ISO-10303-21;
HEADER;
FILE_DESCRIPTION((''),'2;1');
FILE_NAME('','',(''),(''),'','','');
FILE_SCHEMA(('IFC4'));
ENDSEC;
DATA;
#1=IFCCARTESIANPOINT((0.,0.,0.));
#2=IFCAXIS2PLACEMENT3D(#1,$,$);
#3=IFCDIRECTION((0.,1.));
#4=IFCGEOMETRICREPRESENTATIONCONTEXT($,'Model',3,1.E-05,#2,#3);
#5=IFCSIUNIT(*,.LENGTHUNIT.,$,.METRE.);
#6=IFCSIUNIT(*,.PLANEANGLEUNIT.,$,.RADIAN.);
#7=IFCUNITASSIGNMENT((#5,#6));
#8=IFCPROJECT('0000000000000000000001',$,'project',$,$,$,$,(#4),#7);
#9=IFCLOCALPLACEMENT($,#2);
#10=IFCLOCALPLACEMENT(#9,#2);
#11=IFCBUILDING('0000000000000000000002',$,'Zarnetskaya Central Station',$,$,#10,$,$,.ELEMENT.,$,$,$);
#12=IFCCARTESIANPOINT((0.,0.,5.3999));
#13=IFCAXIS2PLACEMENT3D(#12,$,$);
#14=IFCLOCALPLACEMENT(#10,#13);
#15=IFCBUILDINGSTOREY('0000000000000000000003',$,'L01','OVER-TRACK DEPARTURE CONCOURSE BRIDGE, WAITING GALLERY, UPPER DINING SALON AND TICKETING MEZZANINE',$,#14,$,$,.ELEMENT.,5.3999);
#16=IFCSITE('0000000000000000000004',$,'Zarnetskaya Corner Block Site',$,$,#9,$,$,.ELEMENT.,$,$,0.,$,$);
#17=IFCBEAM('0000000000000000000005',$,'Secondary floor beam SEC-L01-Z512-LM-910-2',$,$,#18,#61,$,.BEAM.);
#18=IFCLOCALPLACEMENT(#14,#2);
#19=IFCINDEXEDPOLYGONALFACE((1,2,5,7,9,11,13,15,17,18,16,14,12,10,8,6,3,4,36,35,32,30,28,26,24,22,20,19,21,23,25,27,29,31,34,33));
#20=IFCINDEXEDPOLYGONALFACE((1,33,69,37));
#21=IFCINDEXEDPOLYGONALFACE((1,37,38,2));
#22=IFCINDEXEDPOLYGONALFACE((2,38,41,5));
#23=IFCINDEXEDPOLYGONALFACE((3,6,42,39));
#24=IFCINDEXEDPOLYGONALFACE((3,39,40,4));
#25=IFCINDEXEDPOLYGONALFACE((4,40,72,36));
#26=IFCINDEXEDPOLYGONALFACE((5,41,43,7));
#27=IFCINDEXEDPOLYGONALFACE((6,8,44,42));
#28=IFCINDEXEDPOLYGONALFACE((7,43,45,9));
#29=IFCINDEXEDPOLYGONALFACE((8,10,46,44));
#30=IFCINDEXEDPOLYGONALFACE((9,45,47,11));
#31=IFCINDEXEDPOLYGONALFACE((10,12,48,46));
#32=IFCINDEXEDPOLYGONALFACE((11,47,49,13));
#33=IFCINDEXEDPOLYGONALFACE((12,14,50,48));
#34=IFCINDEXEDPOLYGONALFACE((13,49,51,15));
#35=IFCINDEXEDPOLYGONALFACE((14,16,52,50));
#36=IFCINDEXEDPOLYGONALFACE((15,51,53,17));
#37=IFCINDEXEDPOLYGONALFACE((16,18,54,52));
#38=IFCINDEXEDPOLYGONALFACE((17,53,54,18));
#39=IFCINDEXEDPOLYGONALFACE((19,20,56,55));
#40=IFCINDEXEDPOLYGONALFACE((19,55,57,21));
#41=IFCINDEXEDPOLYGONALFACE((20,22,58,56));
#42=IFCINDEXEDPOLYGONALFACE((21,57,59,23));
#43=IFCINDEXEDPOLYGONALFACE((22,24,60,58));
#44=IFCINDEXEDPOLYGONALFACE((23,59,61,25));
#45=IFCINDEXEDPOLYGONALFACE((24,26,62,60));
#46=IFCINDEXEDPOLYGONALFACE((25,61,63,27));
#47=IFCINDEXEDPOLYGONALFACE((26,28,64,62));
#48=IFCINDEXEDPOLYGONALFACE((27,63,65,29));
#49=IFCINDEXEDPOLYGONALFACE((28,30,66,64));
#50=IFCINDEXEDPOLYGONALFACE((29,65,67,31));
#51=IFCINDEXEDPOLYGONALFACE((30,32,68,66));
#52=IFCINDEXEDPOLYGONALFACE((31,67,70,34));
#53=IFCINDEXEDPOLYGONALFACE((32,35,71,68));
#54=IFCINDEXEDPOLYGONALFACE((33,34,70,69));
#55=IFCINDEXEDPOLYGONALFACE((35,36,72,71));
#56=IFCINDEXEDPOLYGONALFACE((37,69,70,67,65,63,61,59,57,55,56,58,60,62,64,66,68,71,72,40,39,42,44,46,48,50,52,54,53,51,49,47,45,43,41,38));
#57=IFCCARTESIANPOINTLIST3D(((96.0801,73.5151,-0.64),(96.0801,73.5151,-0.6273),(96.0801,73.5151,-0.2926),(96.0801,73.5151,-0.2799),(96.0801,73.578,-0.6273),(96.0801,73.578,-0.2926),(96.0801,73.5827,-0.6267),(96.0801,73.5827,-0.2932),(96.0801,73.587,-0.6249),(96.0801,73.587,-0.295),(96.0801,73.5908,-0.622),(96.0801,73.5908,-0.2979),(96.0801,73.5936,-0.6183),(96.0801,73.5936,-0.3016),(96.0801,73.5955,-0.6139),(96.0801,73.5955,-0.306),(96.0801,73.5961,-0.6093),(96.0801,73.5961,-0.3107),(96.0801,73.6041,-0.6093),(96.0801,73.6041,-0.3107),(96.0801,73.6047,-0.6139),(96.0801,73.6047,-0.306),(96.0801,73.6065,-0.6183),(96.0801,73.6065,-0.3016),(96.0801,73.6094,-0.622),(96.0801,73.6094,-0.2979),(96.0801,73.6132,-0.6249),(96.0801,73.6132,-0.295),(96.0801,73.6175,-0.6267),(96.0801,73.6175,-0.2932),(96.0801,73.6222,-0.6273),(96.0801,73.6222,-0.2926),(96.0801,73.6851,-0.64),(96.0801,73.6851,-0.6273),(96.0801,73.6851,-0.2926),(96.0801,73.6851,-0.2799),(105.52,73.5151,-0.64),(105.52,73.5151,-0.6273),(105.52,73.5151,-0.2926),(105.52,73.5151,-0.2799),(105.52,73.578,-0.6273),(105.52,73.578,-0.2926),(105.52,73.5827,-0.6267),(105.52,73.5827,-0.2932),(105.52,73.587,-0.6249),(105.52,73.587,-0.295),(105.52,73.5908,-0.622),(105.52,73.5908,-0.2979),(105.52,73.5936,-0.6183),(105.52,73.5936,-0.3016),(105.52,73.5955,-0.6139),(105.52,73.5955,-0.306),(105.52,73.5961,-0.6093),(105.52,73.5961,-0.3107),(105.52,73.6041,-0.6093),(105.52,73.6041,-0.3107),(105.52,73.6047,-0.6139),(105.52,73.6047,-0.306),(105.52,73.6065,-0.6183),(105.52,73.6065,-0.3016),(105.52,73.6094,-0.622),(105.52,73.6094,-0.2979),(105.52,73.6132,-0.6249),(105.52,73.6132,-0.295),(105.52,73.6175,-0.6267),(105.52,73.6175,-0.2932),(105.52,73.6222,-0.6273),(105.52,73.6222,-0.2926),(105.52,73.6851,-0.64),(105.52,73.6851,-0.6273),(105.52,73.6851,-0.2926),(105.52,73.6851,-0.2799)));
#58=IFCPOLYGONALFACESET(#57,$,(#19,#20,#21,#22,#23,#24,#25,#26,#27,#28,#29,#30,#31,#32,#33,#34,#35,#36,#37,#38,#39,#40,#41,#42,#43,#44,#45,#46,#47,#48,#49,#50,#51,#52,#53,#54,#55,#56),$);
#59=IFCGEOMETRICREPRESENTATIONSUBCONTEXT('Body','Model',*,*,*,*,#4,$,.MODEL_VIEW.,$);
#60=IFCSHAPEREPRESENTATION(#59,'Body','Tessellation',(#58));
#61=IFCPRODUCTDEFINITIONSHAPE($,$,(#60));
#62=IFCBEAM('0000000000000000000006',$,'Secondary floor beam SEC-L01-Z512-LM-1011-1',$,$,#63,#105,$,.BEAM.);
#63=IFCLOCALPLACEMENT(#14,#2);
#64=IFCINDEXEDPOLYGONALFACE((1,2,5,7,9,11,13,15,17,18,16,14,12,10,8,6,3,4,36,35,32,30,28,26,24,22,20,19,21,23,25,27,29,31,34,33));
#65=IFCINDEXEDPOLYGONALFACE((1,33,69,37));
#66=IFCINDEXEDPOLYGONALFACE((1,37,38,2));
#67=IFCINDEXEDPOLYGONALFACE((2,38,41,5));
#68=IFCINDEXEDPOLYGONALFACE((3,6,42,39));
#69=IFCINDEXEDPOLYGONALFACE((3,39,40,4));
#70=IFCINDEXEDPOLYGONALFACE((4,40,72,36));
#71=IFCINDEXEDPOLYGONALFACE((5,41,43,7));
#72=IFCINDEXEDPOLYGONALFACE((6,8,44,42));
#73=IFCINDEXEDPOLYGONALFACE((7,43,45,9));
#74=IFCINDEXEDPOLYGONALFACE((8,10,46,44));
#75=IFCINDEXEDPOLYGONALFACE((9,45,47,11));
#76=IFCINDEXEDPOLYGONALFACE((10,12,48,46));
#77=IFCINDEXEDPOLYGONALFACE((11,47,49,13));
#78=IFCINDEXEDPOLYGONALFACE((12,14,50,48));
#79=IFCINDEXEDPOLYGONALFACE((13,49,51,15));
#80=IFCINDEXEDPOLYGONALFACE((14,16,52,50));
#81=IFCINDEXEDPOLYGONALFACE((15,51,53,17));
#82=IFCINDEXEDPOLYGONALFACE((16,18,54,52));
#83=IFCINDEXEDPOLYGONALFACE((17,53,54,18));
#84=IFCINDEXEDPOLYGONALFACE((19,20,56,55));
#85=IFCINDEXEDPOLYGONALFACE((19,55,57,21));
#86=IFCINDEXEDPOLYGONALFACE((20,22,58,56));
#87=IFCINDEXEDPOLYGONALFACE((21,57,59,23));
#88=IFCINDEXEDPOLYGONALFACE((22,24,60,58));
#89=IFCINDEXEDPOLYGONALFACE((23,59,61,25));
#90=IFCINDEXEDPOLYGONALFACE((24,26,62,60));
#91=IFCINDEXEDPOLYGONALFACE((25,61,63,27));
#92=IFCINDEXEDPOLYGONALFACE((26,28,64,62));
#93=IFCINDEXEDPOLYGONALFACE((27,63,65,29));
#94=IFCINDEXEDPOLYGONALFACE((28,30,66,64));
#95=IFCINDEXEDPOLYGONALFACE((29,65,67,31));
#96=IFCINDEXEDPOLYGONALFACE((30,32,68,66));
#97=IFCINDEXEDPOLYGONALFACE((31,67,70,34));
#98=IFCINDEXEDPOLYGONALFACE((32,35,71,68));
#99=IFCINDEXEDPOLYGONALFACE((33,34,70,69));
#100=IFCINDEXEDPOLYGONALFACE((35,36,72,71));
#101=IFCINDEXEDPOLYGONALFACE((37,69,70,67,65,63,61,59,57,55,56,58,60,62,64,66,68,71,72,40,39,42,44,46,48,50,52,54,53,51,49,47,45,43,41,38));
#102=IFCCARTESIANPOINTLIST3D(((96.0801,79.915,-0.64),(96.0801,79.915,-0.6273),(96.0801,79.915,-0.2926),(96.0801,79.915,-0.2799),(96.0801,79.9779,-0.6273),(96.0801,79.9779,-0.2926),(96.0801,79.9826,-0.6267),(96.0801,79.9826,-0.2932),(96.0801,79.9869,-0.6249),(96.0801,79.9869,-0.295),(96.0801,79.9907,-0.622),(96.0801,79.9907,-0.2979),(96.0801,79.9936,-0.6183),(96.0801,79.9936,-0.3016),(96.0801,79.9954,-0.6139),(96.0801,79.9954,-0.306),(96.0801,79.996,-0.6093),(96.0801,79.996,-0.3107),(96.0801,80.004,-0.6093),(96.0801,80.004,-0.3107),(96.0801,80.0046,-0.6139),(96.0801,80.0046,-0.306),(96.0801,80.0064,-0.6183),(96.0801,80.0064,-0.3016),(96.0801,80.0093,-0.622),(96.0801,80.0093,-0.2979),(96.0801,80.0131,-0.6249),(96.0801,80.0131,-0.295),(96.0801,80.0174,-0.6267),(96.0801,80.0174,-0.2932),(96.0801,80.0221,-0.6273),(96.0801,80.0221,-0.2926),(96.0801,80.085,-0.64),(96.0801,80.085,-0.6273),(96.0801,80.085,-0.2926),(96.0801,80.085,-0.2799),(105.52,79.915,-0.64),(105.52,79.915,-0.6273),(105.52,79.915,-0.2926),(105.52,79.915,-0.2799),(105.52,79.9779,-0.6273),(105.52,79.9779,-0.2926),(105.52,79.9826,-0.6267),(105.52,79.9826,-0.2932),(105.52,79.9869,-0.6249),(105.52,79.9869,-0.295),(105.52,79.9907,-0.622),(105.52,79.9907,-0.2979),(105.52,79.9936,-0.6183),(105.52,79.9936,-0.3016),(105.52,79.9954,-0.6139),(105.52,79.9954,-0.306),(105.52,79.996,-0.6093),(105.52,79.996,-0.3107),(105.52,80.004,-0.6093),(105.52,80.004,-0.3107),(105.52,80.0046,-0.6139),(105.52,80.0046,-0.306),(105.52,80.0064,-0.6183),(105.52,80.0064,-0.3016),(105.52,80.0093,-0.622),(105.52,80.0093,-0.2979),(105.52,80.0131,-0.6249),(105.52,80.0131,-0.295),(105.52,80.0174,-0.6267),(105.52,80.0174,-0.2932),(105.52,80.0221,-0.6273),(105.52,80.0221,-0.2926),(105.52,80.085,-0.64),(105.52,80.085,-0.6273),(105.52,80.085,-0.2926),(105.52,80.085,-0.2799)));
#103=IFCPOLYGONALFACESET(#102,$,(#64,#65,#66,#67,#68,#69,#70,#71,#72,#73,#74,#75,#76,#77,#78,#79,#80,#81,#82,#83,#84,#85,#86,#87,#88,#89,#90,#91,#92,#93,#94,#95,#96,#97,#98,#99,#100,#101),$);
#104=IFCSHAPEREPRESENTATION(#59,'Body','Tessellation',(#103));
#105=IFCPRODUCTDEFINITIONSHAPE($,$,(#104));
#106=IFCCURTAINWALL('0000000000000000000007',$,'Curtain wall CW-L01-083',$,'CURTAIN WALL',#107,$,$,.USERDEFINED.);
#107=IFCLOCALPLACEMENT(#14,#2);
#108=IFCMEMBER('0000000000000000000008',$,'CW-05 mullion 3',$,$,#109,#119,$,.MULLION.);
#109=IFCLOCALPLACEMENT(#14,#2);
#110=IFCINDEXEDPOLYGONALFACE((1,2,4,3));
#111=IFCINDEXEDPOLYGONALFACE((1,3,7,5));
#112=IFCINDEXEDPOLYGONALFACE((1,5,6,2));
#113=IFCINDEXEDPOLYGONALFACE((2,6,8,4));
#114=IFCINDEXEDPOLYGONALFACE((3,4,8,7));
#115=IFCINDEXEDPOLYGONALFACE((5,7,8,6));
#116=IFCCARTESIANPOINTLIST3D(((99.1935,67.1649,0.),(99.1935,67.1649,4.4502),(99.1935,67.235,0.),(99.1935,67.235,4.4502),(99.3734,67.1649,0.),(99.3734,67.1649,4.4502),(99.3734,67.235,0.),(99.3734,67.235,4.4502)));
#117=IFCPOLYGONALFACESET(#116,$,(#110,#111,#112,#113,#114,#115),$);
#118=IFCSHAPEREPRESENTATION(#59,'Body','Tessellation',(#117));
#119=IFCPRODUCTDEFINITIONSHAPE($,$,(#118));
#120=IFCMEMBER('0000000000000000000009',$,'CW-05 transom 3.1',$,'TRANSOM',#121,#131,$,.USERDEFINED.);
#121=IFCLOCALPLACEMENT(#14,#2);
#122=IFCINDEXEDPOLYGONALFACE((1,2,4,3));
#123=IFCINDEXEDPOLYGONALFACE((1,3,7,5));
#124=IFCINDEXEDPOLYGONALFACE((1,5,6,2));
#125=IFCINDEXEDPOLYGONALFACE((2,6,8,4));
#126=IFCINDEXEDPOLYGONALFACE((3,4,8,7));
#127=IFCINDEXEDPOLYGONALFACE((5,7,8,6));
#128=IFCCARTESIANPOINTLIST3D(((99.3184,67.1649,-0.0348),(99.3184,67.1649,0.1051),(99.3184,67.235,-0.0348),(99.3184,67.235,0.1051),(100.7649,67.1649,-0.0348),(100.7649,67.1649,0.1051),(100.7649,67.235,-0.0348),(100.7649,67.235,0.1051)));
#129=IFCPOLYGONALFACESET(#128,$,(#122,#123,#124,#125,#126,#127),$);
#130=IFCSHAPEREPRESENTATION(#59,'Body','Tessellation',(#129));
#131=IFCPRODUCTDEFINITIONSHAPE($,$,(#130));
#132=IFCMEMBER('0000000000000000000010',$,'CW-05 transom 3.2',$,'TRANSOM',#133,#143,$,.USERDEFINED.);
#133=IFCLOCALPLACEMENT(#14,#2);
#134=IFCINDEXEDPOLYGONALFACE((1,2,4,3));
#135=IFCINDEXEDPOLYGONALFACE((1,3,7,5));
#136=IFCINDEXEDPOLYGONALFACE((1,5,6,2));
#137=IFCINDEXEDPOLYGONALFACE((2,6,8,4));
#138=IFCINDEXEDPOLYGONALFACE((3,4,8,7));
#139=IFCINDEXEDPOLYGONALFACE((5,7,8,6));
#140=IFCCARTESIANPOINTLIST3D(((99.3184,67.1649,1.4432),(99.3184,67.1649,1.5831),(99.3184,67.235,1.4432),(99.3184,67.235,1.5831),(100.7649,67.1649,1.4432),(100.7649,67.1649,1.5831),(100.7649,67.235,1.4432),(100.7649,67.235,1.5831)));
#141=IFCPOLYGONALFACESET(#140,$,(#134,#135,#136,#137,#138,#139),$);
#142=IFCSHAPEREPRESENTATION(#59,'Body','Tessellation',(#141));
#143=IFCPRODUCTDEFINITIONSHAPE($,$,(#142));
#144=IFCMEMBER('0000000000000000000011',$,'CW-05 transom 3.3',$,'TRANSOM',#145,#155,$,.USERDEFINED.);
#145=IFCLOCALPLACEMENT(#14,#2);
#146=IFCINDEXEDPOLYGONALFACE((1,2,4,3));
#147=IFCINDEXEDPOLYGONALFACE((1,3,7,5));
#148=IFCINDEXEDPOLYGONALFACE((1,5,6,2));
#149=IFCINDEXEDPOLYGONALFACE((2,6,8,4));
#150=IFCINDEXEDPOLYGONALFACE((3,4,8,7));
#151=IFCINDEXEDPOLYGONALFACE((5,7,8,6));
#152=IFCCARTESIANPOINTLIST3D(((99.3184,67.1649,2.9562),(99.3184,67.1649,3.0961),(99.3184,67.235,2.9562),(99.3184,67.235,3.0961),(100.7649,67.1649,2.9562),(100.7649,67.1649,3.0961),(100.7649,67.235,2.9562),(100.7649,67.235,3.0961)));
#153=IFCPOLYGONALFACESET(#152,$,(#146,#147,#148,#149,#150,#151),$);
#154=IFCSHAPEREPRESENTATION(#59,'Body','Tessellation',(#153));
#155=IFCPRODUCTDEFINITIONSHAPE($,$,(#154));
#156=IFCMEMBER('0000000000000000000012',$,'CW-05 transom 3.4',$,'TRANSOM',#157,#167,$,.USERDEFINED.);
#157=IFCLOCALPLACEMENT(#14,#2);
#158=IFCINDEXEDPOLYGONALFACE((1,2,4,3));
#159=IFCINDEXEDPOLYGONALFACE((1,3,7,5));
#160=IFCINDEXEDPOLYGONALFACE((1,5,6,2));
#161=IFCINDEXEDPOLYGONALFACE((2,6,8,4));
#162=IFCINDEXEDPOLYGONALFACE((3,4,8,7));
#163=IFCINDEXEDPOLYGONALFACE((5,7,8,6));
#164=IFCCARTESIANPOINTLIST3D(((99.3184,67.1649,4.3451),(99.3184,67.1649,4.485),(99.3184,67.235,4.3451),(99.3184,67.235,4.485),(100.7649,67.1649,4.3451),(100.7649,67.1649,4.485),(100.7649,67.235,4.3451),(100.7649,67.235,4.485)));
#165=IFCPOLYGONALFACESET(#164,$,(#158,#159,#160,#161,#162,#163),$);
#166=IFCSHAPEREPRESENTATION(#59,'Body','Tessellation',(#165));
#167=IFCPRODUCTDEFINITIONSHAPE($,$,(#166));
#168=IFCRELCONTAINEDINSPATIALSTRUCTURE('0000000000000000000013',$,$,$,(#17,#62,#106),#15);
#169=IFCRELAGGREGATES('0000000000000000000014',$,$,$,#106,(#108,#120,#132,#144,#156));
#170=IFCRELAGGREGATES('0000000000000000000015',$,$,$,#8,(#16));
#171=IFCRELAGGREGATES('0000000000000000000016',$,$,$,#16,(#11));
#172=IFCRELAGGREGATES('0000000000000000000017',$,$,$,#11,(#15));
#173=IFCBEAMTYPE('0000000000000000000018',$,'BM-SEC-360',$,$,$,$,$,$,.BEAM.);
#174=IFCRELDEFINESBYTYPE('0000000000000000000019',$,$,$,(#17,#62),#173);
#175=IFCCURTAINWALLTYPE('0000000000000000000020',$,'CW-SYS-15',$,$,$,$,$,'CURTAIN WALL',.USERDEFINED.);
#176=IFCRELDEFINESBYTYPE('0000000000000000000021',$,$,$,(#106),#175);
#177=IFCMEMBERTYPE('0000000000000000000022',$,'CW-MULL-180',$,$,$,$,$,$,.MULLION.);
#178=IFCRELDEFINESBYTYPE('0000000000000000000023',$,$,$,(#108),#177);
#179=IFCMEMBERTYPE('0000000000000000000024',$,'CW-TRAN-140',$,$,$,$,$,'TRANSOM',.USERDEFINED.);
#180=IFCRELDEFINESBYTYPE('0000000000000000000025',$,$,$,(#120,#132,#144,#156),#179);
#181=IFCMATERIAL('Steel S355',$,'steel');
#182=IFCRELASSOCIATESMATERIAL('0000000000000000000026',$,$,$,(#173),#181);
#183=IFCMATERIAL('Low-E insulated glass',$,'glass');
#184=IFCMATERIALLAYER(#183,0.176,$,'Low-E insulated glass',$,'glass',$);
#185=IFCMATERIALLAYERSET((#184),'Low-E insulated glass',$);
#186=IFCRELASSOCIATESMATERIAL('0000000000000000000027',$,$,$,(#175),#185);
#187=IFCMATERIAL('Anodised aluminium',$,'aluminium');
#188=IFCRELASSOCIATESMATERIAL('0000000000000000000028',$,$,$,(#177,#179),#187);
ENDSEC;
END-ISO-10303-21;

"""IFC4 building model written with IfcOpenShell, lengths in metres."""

from ifc_helpers import new_model, si_unit, direction, frame, origin, origin_2d, place, context, subcontext, project, spatial, rectangle, i_section, extrude, material, layer, layer_set, material_profile, profile_set, type_object, element, aggregate, save


model = new_model("IFC4")

# Units and contexts
model_context = context("Model", 3, precision=1e-05, world=origin(), true_north=direction((0.0, 1.0)))
body_context = subcontext(model_context, "Body", "Model", "MODEL_VIEW")
ifc_project = project(units=[si_unit("LENGTHUNIT", "METRE"), si_unit("PLANEANGLEUNIT", "RADIAN")], contexts=[model_context])

# Site, building, storey
site_placement = place(None, origin())
site = spatial("IfcSite", under=ifc_project, at=site_placement, Name="Zarnetskaya Corner Block Site", CompositionType="ELEMENT", RefElevation=0.0)
building_placement = place(site_placement, origin())
building = spatial("IfcBuilding", under=site, at=building_placement, Name="Zarnetskaya Central Station", CompositionType="ELEMENT")
storey_placement = place(building_placement, frame((0.0, 0.0, 5.3999)))
storey = spatial("IfcBuildingStorey", under=building, at=storey_placement, Name="L01", Description="OVER-TRACK DEPARTURE CONCOURSE BRIDGE, WAITING GALLERY, UPPER DINING SALON AND TICKETING MEZZANINE", CompositionType="ELEMENT", Elevation=5.3999)

# Beams
ifc_material_1 = material(Name="Steel S355", Category="steel")
ifc_material_profile_1 = material_profile(ifc_material_1, i_section(OverallWidth=0.1699, OverallDepth=0.3601, WebThickness=0.0081, FlangeThickness=0.0127, FilletRadius=0.0181, at=origin_2d()), Name="IPE 360")
ifc_profile_set_1 = profile_set([ifc_material_profile_1], Name="Steel S355")
beam_type_1 = type_object("IfcBeamType", Name="BM-SEC-360", PredefinedType="BEAM", material=ifc_profile_set_1)
for number, where, z_axis, x_axis, name in (
    (1, (96.0801, 73.6001, -0.46), (1.0, 0.0, 0.0), (0.0, 1.0, 0.0), "Secondary floor beam SEC-L01-Z512-LM-910-2"),
    (2, (96.0801, 80.0, -0.46), (1.0, 0.0, 0.0), (0.0, 1.0, 0.0), "Secondary floor beam SEC-L01-Z512-LM-1011-1"),
):
    element("IfcBeam", number, at=place(storey_placement, frame(where, z_axis=z_axis, x_axis=x_axis)), inside=storey, type_object=beam_type_1, Name=name, PredefinedType="BEAM", context=body_context, shape_type="SweptSolid", body=[
        extrude(i_section(OverallWidth=0.1699, OverallDepth=0.3601, WebThickness=0.0081, FlangeThickness=0.0127, FilletRadius=0.0181, at=origin_2d()), origin(), (0.0, 0.0, 1.0), 9.4399),
    ])

# Curtain wall, members
ifc_material_2 = material(Name="Low-E insulated glass", Category="glass")
ifc_layer_1 = layer(ifc_material_2, 0.176, Name="Low-E insulated glass", Category="glass")
ifc_layer_set_1 = layer_set([ifc_layer_1], Name="Low-E insulated glass")
curtain_wall_type = type_object("IfcCurtainWallType", Name="CW-SYS-15", ElementType="CURTAIN WALL", PredefinedType="USERDEFINED", material=ifc_layer_set_1)
curtain_wall_placement = place(storey_placement, origin())
curtain_wall = element("IfcCurtainWall", 3, at=curtain_wall_placement, inside=storey, type_object=curtain_wall_type, Name="Curtain wall CW-L01-083", ObjectType="CURTAIN WALL", PredefinedType="USERDEFINED")
ifc_material_3 = material(Name="Anodised aluminium", Category="aluminium")
ifc_material_profile_2 = material_profile(ifc_material_3, rectangle(XDim=0.0701, YDim=0.1799, at=origin_2d()), Name="ALU MULL 70x180")
ifc_profile_set_2 = profile_set([ifc_material_profile_2], Name="Anodised aluminium")
member_type_1 = type_object("IfcMemberType", Name="CW-MULL-180", PredefinedType="MULLION", material=ifc_profile_set_2)
member_1_placement = place(storey_placement, frame((99.2834, 67.2, 0.0), z_axis=(0.0, 0.0, 1.0), x_axis=(0.0, 1.0, 0.0)))
member_1 = element("IfcMember", 4, at=member_1_placement, type_object=member_type_1, Name="CW-05 mullion 3", PredefinedType="MULLION", context=body_context, shape_type="SweptSolid", body=[
    extrude(rectangle(XDim=0.0701, YDim=0.1799, at=origin_2d()), origin(), (0.0, 0.0, 1.0), 4.4502),
])
ifc_material_profile_3 = material_profile(ifc_material_3, rectangle(XDim=0.0701, YDim=0.1399, at=origin_2d()), Name="ALU TRAN 70x140")
ifc_profile_set_3 = profile_set([ifc_material_profile_3], Name="Anodised aluminium")
member_type_2 = type_object("IfcMemberType", Name="CW-TRAN-140", ElementType="TRANSOM", PredefinedType="USERDEFINED", material=ifc_profile_set_3)
member_2_placement = place(storey_placement, frame((99.3184, 67.2, 0.0352), z_axis=(1.0, 0.0, 0.0), x_axis=(0.0, 1.0, 0.0)))
member_2 = element("IfcMember", 5, at=member_2_placement, type_object=member_type_2, Name="CW-05 transom 3.1", ObjectType="TRANSOM", PredefinedType="USERDEFINED", context=body_context, shape_type="SweptSolid", body=[
    extrude(rectangle(XDim=0.0701, YDim=0.1399, at=origin_2d()), origin(), (0.0, 0.0, 1.0), 1.4465),
])
member_3_placement = place(storey_placement, frame((99.3184, 67.2, 1.5132), z_axis=(1.0, 0.0, 0.0), x_axis=(0.0, 1.0, 0.0)))
member_3 = element("IfcMember", 6, at=member_3_placement, type_object=member_type_2, Name="CW-05 transom 3.2", ObjectType="TRANSOM", PredefinedType="USERDEFINED", context=body_context, shape_type="SweptSolid", body=[
    extrude(rectangle(XDim=0.0701, YDim=0.1399, at=origin_2d()), origin(), (0.0, 0.0, 1.0), 1.4465),
])
member_4_placement = place(storey_placement, frame((99.3184, 67.2, 3.0261), z_axis=(1.0, 0.0, 0.0), x_axis=(0.0, 1.0, 0.0)))
member_4 = element("IfcMember", 7, at=member_4_placement, type_object=member_type_2, Name="CW-05 transom 3.3", ObjectType="TRANSOM", PredefinedType="USERDEFINED", context=body_context, shape_type="SweptSolid", body=[
    extrude(rectangle(XDim=0.0701, YDim=0.1399, at=origin_2d()), origin(), (0.0, 0.0, 1.0), 1.4465),
])
member_5_placement = place(storey_placement, frame((99.3184, 67.2, 4.415), z_axis=(1.0, 0.0, 0.0), x_axis=(0.0, 1.0, 0.0)))
member_5 = element("IfcMember", 8, at=member_5_placement, type_object=member_type_2, Name="CW-05 transom 3.4", ObjectType="TRANSOM", PredefinedType="USERDEFINED", context=body_context, shape_type="SweptSolid", body=[
    extrude(rectangle(XDim=0.0701, YDim=0.1399, at=origin_2d()), origin(), (0.0, 0.0, 1.0), 1.4465),
])

aggregate(curtain_wall, [member_1, member_2, member_3, member_4, member_5])

save(model, "model.ifc")
